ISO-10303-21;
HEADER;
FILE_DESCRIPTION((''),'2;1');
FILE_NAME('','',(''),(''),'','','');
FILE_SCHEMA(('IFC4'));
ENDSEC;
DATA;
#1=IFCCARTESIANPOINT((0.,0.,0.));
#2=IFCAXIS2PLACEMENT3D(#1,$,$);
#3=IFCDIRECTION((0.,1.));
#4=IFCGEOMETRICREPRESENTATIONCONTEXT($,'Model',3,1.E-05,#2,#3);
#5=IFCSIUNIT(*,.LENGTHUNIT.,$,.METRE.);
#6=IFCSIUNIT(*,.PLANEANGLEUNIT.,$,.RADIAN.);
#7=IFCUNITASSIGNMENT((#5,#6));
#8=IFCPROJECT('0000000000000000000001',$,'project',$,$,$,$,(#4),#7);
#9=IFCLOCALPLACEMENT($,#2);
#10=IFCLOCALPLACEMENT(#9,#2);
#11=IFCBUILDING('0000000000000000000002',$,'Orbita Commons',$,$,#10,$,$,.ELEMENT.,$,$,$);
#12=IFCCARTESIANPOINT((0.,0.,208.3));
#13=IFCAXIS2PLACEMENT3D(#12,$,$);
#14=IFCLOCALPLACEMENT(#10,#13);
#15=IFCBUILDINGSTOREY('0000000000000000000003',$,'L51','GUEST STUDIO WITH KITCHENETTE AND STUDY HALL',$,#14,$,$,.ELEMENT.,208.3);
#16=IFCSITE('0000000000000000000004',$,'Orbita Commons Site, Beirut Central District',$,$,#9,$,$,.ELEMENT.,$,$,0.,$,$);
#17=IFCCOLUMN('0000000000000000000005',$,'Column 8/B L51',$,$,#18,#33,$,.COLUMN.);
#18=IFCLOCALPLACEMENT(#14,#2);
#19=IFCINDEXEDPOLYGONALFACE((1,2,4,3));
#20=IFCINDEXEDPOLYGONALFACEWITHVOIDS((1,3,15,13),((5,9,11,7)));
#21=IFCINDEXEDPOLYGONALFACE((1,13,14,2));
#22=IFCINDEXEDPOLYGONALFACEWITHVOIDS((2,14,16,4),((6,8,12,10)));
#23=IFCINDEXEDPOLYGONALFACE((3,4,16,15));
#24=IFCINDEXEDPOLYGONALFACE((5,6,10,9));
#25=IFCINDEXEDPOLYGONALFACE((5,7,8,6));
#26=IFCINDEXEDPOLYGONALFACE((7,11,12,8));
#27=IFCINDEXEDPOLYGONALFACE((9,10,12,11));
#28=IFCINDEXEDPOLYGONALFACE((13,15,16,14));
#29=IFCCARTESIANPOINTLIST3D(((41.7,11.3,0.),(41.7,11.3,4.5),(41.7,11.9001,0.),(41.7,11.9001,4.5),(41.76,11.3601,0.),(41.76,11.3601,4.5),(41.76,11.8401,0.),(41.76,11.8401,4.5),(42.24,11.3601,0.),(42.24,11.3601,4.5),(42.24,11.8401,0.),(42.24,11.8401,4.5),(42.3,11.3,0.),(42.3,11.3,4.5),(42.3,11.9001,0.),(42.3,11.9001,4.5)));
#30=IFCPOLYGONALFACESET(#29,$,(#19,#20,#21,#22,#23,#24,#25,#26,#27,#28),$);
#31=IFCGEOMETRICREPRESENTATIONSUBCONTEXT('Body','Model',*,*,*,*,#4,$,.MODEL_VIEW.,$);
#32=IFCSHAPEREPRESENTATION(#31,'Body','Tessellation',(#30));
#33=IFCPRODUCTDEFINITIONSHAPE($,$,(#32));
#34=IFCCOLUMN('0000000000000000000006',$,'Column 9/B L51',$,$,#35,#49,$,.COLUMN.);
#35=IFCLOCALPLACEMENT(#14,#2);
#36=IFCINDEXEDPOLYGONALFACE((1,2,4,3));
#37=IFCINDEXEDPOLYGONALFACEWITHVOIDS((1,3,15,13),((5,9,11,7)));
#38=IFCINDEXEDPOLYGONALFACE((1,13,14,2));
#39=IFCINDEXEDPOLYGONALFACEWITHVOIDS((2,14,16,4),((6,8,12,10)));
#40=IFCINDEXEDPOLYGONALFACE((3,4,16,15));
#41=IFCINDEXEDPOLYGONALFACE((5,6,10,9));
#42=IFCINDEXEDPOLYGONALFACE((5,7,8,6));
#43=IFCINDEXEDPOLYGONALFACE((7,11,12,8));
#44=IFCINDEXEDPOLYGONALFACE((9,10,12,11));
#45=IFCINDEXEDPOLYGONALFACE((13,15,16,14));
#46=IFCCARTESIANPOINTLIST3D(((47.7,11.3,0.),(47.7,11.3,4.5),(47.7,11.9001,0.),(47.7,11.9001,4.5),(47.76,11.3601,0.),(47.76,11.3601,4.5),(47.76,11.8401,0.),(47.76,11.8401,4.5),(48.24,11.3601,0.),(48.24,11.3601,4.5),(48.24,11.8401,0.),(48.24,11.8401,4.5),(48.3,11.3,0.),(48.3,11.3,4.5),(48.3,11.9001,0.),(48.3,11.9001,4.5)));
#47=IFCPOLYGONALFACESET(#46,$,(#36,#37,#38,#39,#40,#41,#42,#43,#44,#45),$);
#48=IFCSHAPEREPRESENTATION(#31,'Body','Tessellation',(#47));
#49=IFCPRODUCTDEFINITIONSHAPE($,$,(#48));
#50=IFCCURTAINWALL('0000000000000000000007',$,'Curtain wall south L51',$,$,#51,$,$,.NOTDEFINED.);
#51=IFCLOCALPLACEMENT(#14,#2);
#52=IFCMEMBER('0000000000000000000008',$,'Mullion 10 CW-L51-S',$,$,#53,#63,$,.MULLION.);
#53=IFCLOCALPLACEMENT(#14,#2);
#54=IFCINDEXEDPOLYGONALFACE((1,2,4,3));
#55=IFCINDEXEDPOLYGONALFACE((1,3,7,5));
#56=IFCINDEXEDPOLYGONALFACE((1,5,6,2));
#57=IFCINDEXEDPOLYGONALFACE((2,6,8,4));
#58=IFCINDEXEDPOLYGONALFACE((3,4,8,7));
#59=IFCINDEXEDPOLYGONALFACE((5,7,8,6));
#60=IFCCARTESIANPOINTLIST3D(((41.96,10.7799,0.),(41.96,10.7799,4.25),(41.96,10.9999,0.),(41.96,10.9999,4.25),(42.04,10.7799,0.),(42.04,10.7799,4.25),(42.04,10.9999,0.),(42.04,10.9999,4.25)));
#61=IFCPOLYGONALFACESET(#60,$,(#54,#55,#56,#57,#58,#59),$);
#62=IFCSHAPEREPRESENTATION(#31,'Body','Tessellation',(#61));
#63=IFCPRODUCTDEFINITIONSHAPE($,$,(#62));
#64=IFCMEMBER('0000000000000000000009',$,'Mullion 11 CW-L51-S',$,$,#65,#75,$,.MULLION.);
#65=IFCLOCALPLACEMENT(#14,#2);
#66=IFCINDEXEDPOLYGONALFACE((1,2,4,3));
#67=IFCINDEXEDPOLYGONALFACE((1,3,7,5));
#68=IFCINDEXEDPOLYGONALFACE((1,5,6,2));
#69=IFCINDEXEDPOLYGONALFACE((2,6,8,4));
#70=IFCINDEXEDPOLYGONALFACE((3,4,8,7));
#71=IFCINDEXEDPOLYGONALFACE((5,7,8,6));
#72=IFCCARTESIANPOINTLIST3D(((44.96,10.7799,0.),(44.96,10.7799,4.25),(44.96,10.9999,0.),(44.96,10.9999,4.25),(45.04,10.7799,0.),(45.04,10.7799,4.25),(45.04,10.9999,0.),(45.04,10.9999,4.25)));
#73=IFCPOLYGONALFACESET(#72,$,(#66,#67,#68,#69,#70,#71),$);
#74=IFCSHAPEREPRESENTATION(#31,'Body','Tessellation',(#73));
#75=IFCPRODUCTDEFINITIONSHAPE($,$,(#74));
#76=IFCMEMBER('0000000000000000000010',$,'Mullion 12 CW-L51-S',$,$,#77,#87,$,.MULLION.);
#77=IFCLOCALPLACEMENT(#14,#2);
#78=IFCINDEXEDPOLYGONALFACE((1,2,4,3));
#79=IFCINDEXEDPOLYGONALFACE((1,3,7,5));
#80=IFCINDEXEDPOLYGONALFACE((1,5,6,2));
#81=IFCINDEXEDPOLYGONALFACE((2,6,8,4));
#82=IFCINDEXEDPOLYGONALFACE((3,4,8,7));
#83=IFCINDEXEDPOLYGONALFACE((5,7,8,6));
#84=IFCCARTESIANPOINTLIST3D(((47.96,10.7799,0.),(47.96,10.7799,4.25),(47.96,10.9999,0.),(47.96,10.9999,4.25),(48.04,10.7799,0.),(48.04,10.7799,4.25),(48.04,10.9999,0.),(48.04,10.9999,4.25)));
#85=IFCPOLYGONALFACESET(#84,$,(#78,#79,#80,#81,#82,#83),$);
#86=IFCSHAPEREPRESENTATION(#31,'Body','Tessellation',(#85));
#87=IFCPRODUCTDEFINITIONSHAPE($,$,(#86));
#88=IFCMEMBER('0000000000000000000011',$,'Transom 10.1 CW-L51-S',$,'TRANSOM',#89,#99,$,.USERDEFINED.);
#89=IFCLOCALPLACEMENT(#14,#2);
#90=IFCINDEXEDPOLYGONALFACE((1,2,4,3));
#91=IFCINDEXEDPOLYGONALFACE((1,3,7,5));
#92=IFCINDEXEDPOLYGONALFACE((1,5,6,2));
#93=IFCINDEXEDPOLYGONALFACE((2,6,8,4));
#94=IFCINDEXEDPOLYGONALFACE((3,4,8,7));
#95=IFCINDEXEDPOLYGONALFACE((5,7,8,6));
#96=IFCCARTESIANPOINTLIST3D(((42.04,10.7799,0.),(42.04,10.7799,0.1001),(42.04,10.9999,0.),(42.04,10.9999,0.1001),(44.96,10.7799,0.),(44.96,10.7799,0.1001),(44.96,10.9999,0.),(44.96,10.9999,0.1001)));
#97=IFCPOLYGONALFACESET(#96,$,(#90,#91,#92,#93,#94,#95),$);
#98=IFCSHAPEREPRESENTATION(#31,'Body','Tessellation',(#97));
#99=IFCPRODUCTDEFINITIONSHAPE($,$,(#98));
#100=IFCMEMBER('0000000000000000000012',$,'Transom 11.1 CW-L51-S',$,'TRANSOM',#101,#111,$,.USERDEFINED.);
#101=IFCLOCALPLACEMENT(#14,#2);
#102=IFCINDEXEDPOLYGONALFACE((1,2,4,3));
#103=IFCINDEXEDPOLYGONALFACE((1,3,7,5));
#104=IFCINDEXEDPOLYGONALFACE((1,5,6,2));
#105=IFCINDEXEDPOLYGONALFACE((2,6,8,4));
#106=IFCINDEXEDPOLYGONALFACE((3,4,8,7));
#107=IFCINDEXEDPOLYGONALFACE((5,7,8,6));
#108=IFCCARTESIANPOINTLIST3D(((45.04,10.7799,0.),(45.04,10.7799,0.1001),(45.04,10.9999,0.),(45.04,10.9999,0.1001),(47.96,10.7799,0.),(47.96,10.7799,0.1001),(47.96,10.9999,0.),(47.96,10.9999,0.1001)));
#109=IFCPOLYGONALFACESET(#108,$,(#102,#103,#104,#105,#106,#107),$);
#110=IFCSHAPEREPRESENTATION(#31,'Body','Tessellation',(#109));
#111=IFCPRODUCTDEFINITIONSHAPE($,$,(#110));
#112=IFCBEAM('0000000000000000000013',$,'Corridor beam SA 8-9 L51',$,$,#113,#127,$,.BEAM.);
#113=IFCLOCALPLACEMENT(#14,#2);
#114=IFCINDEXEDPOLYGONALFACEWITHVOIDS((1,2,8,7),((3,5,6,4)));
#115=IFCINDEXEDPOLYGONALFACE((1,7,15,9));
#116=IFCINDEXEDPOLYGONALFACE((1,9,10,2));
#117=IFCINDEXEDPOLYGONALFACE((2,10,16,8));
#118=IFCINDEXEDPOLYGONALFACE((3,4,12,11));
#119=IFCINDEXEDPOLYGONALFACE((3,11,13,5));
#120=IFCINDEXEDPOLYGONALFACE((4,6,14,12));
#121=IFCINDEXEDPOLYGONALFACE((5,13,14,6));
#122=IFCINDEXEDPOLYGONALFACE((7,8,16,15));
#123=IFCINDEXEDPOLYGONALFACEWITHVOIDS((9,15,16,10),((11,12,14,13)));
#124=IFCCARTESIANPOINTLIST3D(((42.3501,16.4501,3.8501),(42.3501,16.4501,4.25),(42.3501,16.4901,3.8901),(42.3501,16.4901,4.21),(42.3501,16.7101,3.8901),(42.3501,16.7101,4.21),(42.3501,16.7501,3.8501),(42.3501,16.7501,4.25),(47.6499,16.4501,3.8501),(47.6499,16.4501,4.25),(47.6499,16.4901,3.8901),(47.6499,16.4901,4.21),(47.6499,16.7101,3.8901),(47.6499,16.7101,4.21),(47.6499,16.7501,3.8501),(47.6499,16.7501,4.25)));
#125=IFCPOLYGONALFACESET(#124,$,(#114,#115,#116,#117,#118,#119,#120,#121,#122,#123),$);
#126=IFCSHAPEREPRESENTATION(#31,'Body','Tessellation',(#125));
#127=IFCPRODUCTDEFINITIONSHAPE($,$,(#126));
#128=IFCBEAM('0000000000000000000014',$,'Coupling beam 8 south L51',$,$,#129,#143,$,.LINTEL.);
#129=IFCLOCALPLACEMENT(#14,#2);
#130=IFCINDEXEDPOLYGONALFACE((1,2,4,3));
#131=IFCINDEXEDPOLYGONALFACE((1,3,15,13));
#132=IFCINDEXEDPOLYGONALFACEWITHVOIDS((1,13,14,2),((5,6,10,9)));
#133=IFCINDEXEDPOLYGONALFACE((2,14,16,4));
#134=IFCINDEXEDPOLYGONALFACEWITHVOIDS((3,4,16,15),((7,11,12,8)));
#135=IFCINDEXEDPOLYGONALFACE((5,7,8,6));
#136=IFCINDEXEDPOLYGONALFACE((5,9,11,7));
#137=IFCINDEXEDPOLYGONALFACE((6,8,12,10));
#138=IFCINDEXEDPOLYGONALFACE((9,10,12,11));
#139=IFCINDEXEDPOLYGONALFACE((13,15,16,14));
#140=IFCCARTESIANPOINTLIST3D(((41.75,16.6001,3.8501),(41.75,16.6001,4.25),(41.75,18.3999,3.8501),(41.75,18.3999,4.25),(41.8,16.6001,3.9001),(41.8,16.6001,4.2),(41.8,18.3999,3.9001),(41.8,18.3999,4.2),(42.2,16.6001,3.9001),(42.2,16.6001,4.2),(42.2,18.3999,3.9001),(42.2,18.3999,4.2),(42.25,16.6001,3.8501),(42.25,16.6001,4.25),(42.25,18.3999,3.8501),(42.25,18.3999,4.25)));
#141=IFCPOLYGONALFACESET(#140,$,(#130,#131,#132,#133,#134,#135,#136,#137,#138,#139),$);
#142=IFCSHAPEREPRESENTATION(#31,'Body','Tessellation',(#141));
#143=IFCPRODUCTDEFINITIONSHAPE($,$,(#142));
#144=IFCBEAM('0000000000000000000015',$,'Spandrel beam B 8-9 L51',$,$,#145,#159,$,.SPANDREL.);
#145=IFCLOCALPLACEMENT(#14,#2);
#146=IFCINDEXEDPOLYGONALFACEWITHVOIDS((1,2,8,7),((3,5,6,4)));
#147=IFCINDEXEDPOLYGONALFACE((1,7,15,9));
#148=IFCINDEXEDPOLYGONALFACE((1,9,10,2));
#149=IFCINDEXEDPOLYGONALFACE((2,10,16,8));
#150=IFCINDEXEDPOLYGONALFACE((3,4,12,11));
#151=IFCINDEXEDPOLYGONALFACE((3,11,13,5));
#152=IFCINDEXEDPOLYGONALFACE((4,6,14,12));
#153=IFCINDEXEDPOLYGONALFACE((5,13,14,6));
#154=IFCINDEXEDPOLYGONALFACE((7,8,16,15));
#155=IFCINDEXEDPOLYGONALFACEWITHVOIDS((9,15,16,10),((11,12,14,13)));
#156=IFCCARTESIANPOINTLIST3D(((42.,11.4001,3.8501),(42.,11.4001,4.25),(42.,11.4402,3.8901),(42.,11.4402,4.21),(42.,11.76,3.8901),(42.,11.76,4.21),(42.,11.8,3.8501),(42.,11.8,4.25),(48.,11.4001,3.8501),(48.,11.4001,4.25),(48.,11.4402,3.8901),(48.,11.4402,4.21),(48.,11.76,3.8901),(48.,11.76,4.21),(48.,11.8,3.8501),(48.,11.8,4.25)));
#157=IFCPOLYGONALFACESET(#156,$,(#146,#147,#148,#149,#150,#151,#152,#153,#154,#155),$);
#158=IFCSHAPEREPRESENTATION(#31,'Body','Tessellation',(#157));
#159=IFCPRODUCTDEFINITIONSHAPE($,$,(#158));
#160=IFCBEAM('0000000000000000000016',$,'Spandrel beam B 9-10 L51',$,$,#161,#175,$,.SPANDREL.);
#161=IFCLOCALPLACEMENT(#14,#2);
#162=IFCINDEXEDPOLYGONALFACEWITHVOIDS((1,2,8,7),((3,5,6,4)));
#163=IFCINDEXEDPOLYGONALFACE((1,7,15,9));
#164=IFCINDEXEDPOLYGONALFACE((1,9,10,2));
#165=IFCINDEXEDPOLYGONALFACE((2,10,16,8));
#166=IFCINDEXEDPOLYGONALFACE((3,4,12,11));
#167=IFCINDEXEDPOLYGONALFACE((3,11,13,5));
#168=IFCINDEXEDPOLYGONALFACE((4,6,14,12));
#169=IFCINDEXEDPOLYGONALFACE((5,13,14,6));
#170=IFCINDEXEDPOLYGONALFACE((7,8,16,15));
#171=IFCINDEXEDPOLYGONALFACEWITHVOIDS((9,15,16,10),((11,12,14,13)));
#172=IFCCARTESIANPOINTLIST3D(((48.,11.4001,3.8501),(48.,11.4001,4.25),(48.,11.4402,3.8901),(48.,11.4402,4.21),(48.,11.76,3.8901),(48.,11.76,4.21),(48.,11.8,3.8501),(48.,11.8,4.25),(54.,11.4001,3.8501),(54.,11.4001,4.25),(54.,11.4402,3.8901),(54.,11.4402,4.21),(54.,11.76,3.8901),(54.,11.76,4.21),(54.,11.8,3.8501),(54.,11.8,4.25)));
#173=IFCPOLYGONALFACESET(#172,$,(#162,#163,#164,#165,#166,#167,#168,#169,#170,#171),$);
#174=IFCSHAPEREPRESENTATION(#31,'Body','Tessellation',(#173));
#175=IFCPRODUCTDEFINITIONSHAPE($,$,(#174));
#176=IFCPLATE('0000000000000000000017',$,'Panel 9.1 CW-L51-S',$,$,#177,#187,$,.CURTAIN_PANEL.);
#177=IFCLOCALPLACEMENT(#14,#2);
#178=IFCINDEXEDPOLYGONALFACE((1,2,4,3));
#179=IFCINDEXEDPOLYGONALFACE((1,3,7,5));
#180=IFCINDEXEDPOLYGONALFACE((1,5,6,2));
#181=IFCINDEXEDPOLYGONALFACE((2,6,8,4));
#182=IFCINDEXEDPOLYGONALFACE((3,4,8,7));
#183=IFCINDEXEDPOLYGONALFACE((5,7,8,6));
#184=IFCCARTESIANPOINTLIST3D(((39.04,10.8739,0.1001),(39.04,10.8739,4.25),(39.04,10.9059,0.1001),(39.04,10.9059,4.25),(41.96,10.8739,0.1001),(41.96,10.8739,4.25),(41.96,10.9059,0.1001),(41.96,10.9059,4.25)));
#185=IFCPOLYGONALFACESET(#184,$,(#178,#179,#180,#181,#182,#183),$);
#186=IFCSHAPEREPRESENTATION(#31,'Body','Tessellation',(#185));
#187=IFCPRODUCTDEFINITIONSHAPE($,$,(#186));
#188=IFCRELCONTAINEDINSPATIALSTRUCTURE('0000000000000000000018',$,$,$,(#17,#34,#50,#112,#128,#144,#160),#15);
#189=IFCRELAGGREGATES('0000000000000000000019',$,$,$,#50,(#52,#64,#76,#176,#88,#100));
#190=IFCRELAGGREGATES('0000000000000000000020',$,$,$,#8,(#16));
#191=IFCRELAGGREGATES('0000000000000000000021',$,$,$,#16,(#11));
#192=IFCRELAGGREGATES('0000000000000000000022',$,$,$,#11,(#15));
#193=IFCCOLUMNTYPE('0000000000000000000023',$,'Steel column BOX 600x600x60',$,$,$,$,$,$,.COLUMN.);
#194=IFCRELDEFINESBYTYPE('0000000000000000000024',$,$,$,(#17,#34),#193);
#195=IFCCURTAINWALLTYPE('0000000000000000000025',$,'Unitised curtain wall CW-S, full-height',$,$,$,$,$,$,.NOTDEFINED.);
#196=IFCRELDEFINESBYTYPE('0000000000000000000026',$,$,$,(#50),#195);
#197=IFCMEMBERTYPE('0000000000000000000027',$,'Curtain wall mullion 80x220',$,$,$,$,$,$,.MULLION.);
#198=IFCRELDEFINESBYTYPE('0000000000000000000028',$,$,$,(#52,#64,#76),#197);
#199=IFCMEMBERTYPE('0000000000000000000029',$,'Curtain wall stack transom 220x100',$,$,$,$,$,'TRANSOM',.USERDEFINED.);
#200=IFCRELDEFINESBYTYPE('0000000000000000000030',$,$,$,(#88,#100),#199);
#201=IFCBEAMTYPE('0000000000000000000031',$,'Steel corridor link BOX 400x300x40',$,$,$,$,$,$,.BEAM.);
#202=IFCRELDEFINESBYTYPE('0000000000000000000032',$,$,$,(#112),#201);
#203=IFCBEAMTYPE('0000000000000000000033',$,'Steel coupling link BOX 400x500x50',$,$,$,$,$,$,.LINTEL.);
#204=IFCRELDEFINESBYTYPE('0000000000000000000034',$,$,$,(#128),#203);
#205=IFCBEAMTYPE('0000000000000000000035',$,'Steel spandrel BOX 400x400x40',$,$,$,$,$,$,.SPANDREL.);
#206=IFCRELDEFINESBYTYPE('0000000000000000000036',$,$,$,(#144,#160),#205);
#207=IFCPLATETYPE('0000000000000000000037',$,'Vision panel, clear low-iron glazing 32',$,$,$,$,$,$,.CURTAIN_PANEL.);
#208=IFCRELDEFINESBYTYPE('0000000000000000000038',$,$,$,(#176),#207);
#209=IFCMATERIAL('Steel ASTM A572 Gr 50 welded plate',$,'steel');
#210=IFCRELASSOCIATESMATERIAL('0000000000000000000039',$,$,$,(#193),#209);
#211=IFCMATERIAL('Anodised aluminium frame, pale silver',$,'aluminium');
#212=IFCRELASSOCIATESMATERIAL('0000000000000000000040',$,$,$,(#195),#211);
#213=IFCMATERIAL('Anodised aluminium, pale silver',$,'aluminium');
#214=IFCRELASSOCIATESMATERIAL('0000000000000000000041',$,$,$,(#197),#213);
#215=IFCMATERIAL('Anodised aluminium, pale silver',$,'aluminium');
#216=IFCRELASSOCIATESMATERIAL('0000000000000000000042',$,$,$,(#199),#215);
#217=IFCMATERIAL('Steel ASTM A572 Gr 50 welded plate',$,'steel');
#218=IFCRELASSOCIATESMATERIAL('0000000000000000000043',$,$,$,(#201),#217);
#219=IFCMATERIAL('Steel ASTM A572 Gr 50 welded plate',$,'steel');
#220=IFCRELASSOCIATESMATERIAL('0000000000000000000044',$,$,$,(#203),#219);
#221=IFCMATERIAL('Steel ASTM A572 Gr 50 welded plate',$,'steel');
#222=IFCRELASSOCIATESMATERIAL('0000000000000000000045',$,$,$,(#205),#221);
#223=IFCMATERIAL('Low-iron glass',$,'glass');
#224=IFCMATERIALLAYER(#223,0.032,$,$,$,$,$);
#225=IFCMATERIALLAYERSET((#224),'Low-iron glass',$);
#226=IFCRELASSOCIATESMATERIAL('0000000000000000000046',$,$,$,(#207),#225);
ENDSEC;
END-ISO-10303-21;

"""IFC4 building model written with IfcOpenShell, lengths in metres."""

from ifc_helpers import new_model, si_unit, direction, frame, origin, origin_2d, place, context, subcontext, project, spatial, rectangle, hollow_rectangle, extrude, material, layer, layer_set, material_profile, profile_set, type_object, element, aggregate, save


model = new_model("IFC4")

# Units and contexts
model_context = context("Model", 3, precision=1e-05, world=origin(), true_north=direction((0.0, 1.0)))
body_context = subcontext(model_context, "Body", "Model", "MODEL_VIEW")
ifc_project = project(units=[si_unit("LENGTHUNIT", "METRE"), si_unit("PLANEANGLEUNIT", "RADIAN")], contexts=[model_context])

# Site, building, storey
site_placement = place(None, origin())
site = spatial("IfcSite", under=ifc_project, at=site_placement, Name="Orbita Commons Site, Beirut Central District", CompositionType="ELEMENT", RefElevation=0.0)
building_placement = place(site_placement, origin())
building = spatial("IfcBuilding", under=site, at=building_placement, Name="Orbita Commons", CompositionType="ELEMENT")
storey_placement = place(building_placement, frame((0.0, 0.0, 208.3)))
storey = spatial("IfcBuildingStorey", under=building, at=storey_placement, Name="L51", Description="GUEST STUDIO WITH KITCHENETTE AND STUDY HALL", CompositionType="ELEMENT", Elevation=208.3)

# Columns
ifc_material_1 = material(Name="Steel ASTM A572 Gr 50 welded plate", Category="steel")
ifc_material_profile_1 = material_profile(ifc_material_1, hollow_rectangle(XDim=0.6001, YDim=0.6001, WallThickness=0.0601, at=origin_2d()), Name="BOX 600x600x60")
ifc_profile_set_1 = profile_set([ifc_material_profile_1], Name="Steel ASTM A572 Gr 50 welded plate")
column_type = type_object("IfcColumnType", Name="Steel column BOX 600x600x60", PredefinedType="COLUMN", material=ifc_profile_set_1)
for number, where, z_axis, x_axis, name in (
    (1, (42.0, 11.6001, 0.0), (0.0, 0.0, 1.0), (1.0, 0.0, 0.0), "Column 8/B L51"),
    (2, (48.0, 11.6001, 0.0), (0.0, 0.0, 1.0), (1.0, 0.0, 0.0), "Column 9/B L51"),
):
    element("IfcColumn", number, at=place(storey_placement, frame(where, z_axis=z_axis, x_axis=x_axis)), inside=storey, type_object=column_type, Name=name, PredefinedType="COLUMN", context=body_context, shape_type="SweptSolid", body=[
        extrude(hollow_rectangle(XDim=0.6001, YDim=0.6001, WallThickness=0.0601, at=origin_2d()), origin(), (0.0, 0.0, 1.0), 4.5),
    ])

# Curtain wall, members
ifc_material_2 = material(Name="Anodised aluminium frame, pale silver", Category="aluminium")
curtain_wall_type = type_object("IfcCurtainWallType", Name="Unitised curtain wall CW-S, full-height", PredefinedType="NOTDEFINED", material=ifc_material_2)
curtain_wall_placement = place(storey_placement, origin())
curtain_wall = element("IfcCurtainWall", 3, at=curtain_wall_placement, inside=storey, type_object=curtain_wall_type, Name="Curtain wall south L51", PredefinedType="NOTDEFINED")
ifc_material_3 = material(Name="Anodised aluminium, pale silver", Category="aluminium")
ifc_material_profile_2 = material_profile(ifc_material_3, rectangle(XDim=0.0801, YDim=0.22, at=origin_2d()), Name="AL 80x220")
ifc_profile_set_2 = profile_set([ifc_material_profile_2], Name="Anodised aluminium, pale silver")
member_type_1 = type_object("IfcMemberType", Name="Curtain wall mullion 80x220", PredefinedType="MULLION", material=ifc_profile_set_2)
member_1_placement = place(storey_placement, frame((42.0, 10.8899, 0.0), z_axis=(0.0, 0.0, 1.0), x_axis=(1.0, 0.0, 0.0)))
member_1 = element("IfcMember", 4, at=member_1_placement, type_object=member_type_1, Name="Mullion 10 CW-L51-S", PredefinedType="MULLION", context=body_context, shape_type="SweptSolid", body=[
    extrude(rectangle(XDim=0.0801, YDim=0.22, at=origin_2d()), origin(), (0.0, 0.0, 1.0), 4.25),
])
member_2_placement = place(storey_placement, frame((45.0, 10.8899, 0.0), z_axis=(0.0, 0.0, 1.0), x_axis=(1.0, 0.0, 0.0)))
member_2 = element("IfcMember", 5, at=member_2_placement, type_object=member_type_1, Name="Mullion 11 CW-L51-S", PredefinedType="MULLION", context=body_context, shape_type="SweptSolid", body=[
    extrude(rectangle(XDim=0.0801, YDim=0.22, at=origin_2d()), origin(), (0.0, 0.0, 1.0), 4.25),
])
member_3_placement = place(storey_placement, frame((48.0, 10.8899, 0.0), z_axis=(0.0, 0.0, 1.0), x_axis=(1.0, 0.0, 0.0)))
member_3 = element("IfcMember", 6, at=member_3_placement, type_object=member_type_1, Name="Mullion 12 CW-L51-S", PredefinedType="MULLION", context=body_context, shape_type="SweptSolid", body=[
    extrude(rectangle(XDim=0.0801, YDim=0.22, at=origin_2d()), origin(), (0.0, 0.0, 1.0), 4.25),
])
ifc_material_4 = material(Name="Anodised aluminium, pale silver", Category="aluminium")
ifc_material_profile_3 = material_profile(ifc_material_4, rectangle(XDim=0.22, YDim=0.1001, at=origin_2d()), Name="AL 220x100")
ifc_profile_set_3 = profile_set([ifc_material_profile_3], Name="Anodised aluminium, pale silver")
member_type_2 = type_object("IfcMemberType", Name="Curtain wall stack transom 220x100", ElementType="TRANSOM", PredefinedType="USERDEFINED", material=ifc_profile_set_3)
member_4_placement = place(storey_placement, frame((42.04, 10.8899, 0.05), z_axis=(1.0, 0.0, 0.0), x_axis=(0.0, 1.0, 0.0)))
member_4 = element("IfcMember", 7, at=member_4_placement, type_object=member_type_2, Name="Transom 10.1 CW-L51-S", ObjectType="TRANSOM", PredefinedType="USERDEFINED", context=body_context, shape_type="SweptSolid", body=[
    extrude(rectangle(XDim=0.22, YDim=0.1001, at=origin_2d()), origin(), (0.0, 0.0, 1.0), 2.9199),
])
member_5_placement = place(storey_placement, frame((45.04, 10.8899, 0.05), z_axis=(1.0, 0.0, 0.0), x_axis=(0.0, 1.0, 0.0)))
member_5 = element("IfcMember", 8, at=member_5_placement, type_object=member_type_2, Name="Transom 11.1 CW-L51-S", ObjectType="TRANSOM", PredefinedType="USERDEFINED", context=body_context, shape_type="SweptSolid", body=[
    extrude(rectangle(XDim=0.22, YDim=0.1001, at=origin_2d()), origin(), (0.0, 0.0, 1.0), 2.9199),
])

# Beams
ifc_material_5 = material(Name="Steel ASTM A572 Gr 50 welded plate", Category="steel")
ifc_material_profile_4 = material_profile(ifc_material_5, hollow_rectangle(XDim=0.3, YDim=0.3999, WallThickness=0.04, at=origin_2d()), Name="BOX 400x300x40")
ifc_profile_set_4 = profile_set([ifc_material_profile_4], Name="Steel ASTM A572 Gr 50 welded plate")
beam_type_1 = type_object("IfcBeamType", Name="Steel corridor link BOX 400x300x40", PredefinedType="BEAM", material=ifc_profile_set_4)
beam_1_placement = place(storey_placement, frame((42.3501, 16.6001, 4.05), z_axis=(1.0, 0.0, 0.0), x_axis=(0.0, 1.0, 0.0)))
element("IfcBeam", 9, at=beam_1_placement, inside=storey, type_object=beam_type_1, Name="Corridor beam SA 8-9 L51", PredefinedType="BEAM", context=body_context, shape_type="SweptSolid", body=[
    extrude(hollow_rectangle(XDim=0.3, YDim=0.3999, WallThickness=0.04, at=origin_2d()), origin(), (0.0, 0.0, 1.0), 5.2998),
])
ifc_material_6 = material(Name="Steel ASTM A572 Gr 50 welded plate", Category="steel")
ifc_material_profile_5 = material_profile(ifc_material_6, hollow_rectangle(XDim=0.5, YDim=0.3999, WallThickness=0.05, at=origin_2d()), Name="BOX 400x500x50")
ifc_profile_set_5 = profile_set([ifc_material_profile_5], Name="Steel ASTM A572 Gr 50 welded plate")
beam_type_2 = type_object("IfcBeamType", Name="Steel coupling link BOX 400x500x50", PredefinedType="LINTEL", material=ifc_profile_set_5)
beam_2_placement = place(storey_placement, frame((42.0, 16.6001, 4.05), z_axis=(0.0, 1.0, 0.0), x_axis=(-1.0, 0.0, 0.0)))
element("IfcBeam", 10, at=beam_2_placement, inside=storey, type_object=beam_type_2, Name="Coupling beam 8 south L51", PredefinedType="LINTEL", context=body_context, shape_type="SweptSolid", body=[
    extrude(hollow_rectangle(XDim=0.5, YDim=0.3999, WallThickness=0.05, at=origin_2d()), origin(), (0.0, 0.0, 1.0), 1.7998),
])
ifc_material_7 = material(Name="Steel ASTM A572 Gr 50 welded plate", Category="steel")
ifc_material_profile_6 = material_profile(ifc_material_7, hollow_rectangle(XDim=0.3999, YDim=0.3999, WallThickness=0.04, at=origin_2d()), Name="BOX 400x400x40")
ifc_profile_set_6 = profile_set([ifc_material_profile_6], Name="Steel ASTM A572 Gr 50 welded plate")
beam_type_3 = type_object("IfcBeamType", Name="Steel spandrel BOX 400x400x40", PredefinedType="SPANDREL", material=ifc_profile_set_6)
for number, where, z_axis, x_axis, name in (
    (11, (42.0, 11.6001, 4.05), (1.0, 0.0, 0.0), (0.0, 1.0, 0.0), "Spandrel beam B 8-9 L51"),
    (12, (48.0, 11.6001, 4.05), (1.0, 0.0, 0.0), (0.0, 1.0, 0.0), "Spandrel beam B 9-10 L51"),
):
    element("IfcBeam", number, at=place(storey_placement, frame(where, z_axis=z_axis, x_axis=x_axis)), inside=storey, type_object=beam_type_3, Name=name, PredefinedType="SPANDREL", context=body_context, shape_type="SweptSolid", body=[
        extrude(hollow_rectangle(XDim=0.3999, YDim=0.3999, WallThickness=0.04, at=origin_2d()), origin(), (0.0, 0.0, 1.0), 6.0),
    ])

# Plate
ifc_material_8 = material(Name="Low-iron glass", Category="glass")
ifc_layer_1 = layer(ifc_material_8, 0.032)
ifc_layer_set_1 = layer_set([ifc_layer_1], Name="Low-iron glass")
plate_type = type_object("IfcPlateType", Name="Vision panel, clear low-iron glazing 32", PredefinedType="CURTAIN_PANEL", material=ifc_layer_set_1)
plate_1_placement = place(storey_placement, frame((40.5, 10.8899, 0.1001), z_axis=(0.0, 0.0, 1.0), x_axis=(1.0, 0.0, 0.0)))
plate_1 = element("IfcPlate", 13, at=plate_1_placement, type_object=plate_type, Name="Panel 9.1 CW-L51-S", PredefinedType="CURTAIN_PANEL", context=body_context, shape_type="SweptSolid", body=[
    extrude(rectangle(XDim=2.9199, YDim=0.032, at=origin_2d()), origin(), (0.0, 0.0, 1.0), 4.1499),
])
aggregate(curtain_wall, [member_1, member_2, member_3, plate_1, member_4, member_5])

save(model, "model.ifc")
